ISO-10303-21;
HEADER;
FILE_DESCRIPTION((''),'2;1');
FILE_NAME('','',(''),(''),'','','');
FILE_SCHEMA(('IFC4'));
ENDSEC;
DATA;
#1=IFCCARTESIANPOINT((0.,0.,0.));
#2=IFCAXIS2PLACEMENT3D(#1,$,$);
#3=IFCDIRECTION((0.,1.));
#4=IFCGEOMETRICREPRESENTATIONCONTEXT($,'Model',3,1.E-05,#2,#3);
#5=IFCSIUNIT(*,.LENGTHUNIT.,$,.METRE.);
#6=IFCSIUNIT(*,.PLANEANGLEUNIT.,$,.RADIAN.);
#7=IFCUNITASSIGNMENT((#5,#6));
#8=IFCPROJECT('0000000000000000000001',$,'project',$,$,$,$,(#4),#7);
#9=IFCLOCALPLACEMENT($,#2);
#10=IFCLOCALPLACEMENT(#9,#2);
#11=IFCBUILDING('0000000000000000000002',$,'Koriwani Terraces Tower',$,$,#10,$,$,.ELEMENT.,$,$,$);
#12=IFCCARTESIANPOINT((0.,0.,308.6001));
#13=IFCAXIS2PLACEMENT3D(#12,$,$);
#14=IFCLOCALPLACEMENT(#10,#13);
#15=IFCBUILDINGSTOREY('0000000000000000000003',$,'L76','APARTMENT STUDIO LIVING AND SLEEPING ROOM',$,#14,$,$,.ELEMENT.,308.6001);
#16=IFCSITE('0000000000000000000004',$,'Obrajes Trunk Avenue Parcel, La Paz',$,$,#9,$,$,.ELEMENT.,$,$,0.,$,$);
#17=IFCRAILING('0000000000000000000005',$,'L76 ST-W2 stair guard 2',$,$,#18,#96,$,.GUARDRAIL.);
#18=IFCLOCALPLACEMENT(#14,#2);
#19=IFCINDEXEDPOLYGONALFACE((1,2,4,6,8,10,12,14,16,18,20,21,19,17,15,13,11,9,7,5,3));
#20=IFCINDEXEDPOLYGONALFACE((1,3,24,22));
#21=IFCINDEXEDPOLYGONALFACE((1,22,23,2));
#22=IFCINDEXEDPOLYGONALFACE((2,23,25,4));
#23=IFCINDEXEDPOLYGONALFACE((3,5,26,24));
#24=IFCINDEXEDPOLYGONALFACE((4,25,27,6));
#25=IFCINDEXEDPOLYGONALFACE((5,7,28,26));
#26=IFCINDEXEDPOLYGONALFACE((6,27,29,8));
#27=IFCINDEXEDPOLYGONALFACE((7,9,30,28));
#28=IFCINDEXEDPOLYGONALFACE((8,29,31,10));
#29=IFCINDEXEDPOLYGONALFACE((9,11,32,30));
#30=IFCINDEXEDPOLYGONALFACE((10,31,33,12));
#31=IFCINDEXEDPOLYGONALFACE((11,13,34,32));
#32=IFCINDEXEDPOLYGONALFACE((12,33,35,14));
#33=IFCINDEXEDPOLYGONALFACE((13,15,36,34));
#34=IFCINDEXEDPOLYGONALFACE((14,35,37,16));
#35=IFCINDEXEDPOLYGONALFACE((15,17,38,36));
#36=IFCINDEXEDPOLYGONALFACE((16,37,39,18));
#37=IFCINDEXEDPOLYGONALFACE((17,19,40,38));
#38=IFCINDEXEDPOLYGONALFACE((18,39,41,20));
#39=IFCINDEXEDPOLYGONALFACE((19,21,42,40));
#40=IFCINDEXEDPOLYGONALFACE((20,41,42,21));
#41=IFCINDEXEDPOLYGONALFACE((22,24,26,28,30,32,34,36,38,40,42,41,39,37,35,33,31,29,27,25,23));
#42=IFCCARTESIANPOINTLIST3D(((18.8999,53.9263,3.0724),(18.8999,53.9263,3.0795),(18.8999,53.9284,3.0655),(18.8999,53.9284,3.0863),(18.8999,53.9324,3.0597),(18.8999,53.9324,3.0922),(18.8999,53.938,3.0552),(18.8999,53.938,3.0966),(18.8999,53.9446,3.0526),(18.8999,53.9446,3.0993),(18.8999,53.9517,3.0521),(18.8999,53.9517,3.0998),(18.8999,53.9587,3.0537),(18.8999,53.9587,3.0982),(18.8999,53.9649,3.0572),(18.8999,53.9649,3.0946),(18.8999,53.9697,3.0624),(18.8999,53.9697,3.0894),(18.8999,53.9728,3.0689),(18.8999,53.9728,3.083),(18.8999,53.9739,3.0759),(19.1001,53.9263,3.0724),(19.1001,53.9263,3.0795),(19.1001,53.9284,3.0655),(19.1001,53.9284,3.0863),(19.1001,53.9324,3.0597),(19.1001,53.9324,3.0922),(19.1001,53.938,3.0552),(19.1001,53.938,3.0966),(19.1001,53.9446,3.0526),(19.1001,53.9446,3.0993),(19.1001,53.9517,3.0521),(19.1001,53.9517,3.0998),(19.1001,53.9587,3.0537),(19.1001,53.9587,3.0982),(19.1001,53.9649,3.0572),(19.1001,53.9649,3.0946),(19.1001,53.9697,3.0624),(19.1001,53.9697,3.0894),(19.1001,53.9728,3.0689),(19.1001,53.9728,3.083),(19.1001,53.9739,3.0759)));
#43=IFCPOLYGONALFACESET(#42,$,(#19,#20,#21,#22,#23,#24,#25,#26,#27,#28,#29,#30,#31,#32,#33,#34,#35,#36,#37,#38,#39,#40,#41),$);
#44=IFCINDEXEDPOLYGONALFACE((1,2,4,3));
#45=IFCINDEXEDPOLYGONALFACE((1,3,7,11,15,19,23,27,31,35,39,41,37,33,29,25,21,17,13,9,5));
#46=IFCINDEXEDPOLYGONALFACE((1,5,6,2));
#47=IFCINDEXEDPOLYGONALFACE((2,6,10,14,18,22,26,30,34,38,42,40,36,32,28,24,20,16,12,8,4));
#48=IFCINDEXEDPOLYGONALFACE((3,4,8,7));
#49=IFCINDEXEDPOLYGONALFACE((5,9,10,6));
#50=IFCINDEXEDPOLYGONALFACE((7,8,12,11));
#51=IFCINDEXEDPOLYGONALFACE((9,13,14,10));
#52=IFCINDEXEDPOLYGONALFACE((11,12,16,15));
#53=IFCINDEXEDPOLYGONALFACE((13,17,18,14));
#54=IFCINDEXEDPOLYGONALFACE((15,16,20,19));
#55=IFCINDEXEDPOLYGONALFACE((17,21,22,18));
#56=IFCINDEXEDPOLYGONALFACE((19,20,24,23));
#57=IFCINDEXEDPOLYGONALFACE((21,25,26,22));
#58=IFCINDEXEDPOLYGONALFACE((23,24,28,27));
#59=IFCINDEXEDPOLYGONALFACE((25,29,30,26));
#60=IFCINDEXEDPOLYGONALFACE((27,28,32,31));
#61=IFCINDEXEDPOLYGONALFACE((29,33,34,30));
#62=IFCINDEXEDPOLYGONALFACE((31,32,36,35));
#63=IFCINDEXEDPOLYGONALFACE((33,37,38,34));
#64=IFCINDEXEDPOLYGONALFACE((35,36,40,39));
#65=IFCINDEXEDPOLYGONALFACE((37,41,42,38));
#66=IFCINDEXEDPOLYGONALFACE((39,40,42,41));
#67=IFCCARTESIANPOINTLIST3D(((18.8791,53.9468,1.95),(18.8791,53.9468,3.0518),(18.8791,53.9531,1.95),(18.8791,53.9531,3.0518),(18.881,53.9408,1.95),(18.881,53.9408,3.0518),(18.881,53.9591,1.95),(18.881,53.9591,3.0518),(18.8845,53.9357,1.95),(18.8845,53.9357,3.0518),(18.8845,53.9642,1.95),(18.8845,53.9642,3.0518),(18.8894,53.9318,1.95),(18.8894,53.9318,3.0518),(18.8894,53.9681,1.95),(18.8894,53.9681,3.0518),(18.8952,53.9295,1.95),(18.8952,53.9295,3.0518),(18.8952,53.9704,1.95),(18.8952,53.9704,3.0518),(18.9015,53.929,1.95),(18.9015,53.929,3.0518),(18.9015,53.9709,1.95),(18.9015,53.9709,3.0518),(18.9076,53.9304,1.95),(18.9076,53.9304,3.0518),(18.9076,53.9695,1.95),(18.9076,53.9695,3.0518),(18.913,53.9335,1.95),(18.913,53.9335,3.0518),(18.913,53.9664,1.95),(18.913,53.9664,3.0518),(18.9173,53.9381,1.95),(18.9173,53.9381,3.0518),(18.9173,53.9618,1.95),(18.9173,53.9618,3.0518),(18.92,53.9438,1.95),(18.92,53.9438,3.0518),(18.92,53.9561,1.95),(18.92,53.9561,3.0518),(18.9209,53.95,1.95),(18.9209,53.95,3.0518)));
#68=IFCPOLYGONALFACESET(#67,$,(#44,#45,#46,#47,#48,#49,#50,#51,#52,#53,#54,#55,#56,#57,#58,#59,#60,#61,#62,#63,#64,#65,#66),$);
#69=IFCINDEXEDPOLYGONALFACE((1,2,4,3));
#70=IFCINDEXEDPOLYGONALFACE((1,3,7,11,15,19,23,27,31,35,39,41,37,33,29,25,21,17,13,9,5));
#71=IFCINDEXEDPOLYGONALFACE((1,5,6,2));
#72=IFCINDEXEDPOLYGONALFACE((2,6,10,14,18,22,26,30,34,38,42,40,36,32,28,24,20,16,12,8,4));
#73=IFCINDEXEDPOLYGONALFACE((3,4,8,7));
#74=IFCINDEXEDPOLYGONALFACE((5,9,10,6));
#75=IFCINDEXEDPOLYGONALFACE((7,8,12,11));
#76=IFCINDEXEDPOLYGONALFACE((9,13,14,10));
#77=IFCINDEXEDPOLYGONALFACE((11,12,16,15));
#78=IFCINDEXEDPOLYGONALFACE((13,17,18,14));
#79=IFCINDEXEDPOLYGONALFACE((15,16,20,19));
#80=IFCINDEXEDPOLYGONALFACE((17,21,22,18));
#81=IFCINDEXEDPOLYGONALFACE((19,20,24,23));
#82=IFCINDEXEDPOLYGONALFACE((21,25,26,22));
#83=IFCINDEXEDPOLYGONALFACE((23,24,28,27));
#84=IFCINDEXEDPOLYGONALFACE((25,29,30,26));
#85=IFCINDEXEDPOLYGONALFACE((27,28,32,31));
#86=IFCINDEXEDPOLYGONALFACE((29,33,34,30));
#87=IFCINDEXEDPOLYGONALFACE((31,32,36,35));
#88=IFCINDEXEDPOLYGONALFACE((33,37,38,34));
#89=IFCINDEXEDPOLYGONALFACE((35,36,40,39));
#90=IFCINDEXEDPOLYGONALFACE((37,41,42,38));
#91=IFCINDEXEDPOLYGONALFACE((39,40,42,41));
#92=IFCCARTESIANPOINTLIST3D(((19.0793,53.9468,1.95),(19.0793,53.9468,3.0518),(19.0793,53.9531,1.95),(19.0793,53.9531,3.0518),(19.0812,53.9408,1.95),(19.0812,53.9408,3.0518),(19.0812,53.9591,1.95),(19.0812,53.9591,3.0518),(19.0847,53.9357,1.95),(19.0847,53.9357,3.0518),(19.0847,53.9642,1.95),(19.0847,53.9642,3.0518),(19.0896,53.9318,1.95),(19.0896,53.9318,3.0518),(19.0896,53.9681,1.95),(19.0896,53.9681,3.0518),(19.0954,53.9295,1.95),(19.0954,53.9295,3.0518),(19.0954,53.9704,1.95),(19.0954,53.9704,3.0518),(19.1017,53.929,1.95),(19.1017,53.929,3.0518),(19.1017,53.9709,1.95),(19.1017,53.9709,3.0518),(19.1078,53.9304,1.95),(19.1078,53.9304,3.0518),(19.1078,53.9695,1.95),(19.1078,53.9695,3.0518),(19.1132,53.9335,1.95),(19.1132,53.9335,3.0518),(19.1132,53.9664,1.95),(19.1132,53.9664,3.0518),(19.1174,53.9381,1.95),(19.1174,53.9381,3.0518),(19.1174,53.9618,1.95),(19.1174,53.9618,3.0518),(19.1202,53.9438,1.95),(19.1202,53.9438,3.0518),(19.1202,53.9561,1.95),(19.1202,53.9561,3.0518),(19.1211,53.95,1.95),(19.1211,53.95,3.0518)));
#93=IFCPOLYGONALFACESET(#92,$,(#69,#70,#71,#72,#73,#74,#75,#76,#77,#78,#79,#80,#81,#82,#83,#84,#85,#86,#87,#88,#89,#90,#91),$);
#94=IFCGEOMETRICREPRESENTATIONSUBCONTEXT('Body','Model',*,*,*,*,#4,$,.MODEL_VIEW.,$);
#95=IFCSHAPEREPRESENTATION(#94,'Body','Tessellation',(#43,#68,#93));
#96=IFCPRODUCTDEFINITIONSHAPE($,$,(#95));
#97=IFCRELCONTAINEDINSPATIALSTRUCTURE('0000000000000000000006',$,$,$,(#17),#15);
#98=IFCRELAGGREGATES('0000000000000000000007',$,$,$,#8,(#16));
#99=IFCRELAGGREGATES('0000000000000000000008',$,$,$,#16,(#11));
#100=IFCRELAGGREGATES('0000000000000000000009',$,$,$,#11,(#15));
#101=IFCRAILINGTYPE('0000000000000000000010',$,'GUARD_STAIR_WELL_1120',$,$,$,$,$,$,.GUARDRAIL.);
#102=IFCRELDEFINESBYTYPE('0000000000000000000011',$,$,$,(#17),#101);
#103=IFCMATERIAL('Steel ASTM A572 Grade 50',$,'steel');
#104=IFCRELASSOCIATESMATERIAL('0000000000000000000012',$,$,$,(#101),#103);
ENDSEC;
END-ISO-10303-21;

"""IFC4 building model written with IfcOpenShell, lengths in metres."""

from ifc_helpers import new_model, si_unit, direction, frame, origin, origin_2d, place, context, subcontext, project, spatial, circle, extrude, material, type_object, element, save


model = new_model("IFC4")

# Units and contexts
model_context = context("Model", 3, precision=1e-05, world=origin(), true_north=direction((0.0, 1.0)))
body_context = subcontext(model_context, "Body", "Model", "MODEL_VIEW")
ifc_project = project(units=[si_unit("LENGTHUNIT", "METRE"), si_unit("PLANEANGLEUNIT", "RADIAN")], contexts=[model_context])

# Site, building, storey
site_placement = place(None, origin())
site = spatial("IfcSite", under=ifc_project, at=site_placement, Name="Obrajes Trunk Avenue Parcel, La Paz", CompositionType="ELEMENT", RefElevation=0.0)
building_placement = place(site_placement, origin())
building = spatial("IfcBuilding", under=site, at=building_placement, Name="Koriwani Terraces Tower", CompositionType="ELEMENT")
storey_placement = place(building_placement, frame((0.0, 0.0, 308.6001)))
storey = spatial("IfcBuildingStorey", under=building, at=storey_placement, Name="L76", Description="APARTMENT STUDIO LIVING AND SLEEPING ROOM", CompositionType="ELEMENT", Elevation=308.6001)

# Shared definitions
ifc_material_1 = material(Name="Steel ASTM A572 Grade 50", Category="steel")

# Railing
railing_type_1 = type_object("IfcRailingType", Name="GUARD_STAIR_WELL_1120", PredefinedType="GUARDRAIL", material=ifc_material_1)
railing_1_placement = place(storey_placement, frame((18.8999, 53.95, 1.95)))
element("IfcRailing", 1, at=railing_1_placement, inside=storey, type_object=railing_type_1, Name="L76 ST-W2 stair guard 2", PredefinedType="GUARDRAIL", context=body_context, shape_type="SweptSolid", body=[
    extrude(circle(Radius=0.0239, at=origin_2d()), frame((0.0, 0.0, 1.126), z_axis=(1.0, 0.0, 0.0), x_axis=(0.0, 1.0, 0.0)), (0.0, 0.0, 1.0), 0.2002),
    extrude(circle(Radius=0.021, at=origin_2d()), origin(), (0.0, 0.0, 1.0), 1.1018),
    extrude(circle(Radius=0.021, at=origin_2d()), frame((0.2002, 0.0, 0.0)), (0.0, 0.0, 1.0), 1.1018),
])

save(model, "model.ifc")
